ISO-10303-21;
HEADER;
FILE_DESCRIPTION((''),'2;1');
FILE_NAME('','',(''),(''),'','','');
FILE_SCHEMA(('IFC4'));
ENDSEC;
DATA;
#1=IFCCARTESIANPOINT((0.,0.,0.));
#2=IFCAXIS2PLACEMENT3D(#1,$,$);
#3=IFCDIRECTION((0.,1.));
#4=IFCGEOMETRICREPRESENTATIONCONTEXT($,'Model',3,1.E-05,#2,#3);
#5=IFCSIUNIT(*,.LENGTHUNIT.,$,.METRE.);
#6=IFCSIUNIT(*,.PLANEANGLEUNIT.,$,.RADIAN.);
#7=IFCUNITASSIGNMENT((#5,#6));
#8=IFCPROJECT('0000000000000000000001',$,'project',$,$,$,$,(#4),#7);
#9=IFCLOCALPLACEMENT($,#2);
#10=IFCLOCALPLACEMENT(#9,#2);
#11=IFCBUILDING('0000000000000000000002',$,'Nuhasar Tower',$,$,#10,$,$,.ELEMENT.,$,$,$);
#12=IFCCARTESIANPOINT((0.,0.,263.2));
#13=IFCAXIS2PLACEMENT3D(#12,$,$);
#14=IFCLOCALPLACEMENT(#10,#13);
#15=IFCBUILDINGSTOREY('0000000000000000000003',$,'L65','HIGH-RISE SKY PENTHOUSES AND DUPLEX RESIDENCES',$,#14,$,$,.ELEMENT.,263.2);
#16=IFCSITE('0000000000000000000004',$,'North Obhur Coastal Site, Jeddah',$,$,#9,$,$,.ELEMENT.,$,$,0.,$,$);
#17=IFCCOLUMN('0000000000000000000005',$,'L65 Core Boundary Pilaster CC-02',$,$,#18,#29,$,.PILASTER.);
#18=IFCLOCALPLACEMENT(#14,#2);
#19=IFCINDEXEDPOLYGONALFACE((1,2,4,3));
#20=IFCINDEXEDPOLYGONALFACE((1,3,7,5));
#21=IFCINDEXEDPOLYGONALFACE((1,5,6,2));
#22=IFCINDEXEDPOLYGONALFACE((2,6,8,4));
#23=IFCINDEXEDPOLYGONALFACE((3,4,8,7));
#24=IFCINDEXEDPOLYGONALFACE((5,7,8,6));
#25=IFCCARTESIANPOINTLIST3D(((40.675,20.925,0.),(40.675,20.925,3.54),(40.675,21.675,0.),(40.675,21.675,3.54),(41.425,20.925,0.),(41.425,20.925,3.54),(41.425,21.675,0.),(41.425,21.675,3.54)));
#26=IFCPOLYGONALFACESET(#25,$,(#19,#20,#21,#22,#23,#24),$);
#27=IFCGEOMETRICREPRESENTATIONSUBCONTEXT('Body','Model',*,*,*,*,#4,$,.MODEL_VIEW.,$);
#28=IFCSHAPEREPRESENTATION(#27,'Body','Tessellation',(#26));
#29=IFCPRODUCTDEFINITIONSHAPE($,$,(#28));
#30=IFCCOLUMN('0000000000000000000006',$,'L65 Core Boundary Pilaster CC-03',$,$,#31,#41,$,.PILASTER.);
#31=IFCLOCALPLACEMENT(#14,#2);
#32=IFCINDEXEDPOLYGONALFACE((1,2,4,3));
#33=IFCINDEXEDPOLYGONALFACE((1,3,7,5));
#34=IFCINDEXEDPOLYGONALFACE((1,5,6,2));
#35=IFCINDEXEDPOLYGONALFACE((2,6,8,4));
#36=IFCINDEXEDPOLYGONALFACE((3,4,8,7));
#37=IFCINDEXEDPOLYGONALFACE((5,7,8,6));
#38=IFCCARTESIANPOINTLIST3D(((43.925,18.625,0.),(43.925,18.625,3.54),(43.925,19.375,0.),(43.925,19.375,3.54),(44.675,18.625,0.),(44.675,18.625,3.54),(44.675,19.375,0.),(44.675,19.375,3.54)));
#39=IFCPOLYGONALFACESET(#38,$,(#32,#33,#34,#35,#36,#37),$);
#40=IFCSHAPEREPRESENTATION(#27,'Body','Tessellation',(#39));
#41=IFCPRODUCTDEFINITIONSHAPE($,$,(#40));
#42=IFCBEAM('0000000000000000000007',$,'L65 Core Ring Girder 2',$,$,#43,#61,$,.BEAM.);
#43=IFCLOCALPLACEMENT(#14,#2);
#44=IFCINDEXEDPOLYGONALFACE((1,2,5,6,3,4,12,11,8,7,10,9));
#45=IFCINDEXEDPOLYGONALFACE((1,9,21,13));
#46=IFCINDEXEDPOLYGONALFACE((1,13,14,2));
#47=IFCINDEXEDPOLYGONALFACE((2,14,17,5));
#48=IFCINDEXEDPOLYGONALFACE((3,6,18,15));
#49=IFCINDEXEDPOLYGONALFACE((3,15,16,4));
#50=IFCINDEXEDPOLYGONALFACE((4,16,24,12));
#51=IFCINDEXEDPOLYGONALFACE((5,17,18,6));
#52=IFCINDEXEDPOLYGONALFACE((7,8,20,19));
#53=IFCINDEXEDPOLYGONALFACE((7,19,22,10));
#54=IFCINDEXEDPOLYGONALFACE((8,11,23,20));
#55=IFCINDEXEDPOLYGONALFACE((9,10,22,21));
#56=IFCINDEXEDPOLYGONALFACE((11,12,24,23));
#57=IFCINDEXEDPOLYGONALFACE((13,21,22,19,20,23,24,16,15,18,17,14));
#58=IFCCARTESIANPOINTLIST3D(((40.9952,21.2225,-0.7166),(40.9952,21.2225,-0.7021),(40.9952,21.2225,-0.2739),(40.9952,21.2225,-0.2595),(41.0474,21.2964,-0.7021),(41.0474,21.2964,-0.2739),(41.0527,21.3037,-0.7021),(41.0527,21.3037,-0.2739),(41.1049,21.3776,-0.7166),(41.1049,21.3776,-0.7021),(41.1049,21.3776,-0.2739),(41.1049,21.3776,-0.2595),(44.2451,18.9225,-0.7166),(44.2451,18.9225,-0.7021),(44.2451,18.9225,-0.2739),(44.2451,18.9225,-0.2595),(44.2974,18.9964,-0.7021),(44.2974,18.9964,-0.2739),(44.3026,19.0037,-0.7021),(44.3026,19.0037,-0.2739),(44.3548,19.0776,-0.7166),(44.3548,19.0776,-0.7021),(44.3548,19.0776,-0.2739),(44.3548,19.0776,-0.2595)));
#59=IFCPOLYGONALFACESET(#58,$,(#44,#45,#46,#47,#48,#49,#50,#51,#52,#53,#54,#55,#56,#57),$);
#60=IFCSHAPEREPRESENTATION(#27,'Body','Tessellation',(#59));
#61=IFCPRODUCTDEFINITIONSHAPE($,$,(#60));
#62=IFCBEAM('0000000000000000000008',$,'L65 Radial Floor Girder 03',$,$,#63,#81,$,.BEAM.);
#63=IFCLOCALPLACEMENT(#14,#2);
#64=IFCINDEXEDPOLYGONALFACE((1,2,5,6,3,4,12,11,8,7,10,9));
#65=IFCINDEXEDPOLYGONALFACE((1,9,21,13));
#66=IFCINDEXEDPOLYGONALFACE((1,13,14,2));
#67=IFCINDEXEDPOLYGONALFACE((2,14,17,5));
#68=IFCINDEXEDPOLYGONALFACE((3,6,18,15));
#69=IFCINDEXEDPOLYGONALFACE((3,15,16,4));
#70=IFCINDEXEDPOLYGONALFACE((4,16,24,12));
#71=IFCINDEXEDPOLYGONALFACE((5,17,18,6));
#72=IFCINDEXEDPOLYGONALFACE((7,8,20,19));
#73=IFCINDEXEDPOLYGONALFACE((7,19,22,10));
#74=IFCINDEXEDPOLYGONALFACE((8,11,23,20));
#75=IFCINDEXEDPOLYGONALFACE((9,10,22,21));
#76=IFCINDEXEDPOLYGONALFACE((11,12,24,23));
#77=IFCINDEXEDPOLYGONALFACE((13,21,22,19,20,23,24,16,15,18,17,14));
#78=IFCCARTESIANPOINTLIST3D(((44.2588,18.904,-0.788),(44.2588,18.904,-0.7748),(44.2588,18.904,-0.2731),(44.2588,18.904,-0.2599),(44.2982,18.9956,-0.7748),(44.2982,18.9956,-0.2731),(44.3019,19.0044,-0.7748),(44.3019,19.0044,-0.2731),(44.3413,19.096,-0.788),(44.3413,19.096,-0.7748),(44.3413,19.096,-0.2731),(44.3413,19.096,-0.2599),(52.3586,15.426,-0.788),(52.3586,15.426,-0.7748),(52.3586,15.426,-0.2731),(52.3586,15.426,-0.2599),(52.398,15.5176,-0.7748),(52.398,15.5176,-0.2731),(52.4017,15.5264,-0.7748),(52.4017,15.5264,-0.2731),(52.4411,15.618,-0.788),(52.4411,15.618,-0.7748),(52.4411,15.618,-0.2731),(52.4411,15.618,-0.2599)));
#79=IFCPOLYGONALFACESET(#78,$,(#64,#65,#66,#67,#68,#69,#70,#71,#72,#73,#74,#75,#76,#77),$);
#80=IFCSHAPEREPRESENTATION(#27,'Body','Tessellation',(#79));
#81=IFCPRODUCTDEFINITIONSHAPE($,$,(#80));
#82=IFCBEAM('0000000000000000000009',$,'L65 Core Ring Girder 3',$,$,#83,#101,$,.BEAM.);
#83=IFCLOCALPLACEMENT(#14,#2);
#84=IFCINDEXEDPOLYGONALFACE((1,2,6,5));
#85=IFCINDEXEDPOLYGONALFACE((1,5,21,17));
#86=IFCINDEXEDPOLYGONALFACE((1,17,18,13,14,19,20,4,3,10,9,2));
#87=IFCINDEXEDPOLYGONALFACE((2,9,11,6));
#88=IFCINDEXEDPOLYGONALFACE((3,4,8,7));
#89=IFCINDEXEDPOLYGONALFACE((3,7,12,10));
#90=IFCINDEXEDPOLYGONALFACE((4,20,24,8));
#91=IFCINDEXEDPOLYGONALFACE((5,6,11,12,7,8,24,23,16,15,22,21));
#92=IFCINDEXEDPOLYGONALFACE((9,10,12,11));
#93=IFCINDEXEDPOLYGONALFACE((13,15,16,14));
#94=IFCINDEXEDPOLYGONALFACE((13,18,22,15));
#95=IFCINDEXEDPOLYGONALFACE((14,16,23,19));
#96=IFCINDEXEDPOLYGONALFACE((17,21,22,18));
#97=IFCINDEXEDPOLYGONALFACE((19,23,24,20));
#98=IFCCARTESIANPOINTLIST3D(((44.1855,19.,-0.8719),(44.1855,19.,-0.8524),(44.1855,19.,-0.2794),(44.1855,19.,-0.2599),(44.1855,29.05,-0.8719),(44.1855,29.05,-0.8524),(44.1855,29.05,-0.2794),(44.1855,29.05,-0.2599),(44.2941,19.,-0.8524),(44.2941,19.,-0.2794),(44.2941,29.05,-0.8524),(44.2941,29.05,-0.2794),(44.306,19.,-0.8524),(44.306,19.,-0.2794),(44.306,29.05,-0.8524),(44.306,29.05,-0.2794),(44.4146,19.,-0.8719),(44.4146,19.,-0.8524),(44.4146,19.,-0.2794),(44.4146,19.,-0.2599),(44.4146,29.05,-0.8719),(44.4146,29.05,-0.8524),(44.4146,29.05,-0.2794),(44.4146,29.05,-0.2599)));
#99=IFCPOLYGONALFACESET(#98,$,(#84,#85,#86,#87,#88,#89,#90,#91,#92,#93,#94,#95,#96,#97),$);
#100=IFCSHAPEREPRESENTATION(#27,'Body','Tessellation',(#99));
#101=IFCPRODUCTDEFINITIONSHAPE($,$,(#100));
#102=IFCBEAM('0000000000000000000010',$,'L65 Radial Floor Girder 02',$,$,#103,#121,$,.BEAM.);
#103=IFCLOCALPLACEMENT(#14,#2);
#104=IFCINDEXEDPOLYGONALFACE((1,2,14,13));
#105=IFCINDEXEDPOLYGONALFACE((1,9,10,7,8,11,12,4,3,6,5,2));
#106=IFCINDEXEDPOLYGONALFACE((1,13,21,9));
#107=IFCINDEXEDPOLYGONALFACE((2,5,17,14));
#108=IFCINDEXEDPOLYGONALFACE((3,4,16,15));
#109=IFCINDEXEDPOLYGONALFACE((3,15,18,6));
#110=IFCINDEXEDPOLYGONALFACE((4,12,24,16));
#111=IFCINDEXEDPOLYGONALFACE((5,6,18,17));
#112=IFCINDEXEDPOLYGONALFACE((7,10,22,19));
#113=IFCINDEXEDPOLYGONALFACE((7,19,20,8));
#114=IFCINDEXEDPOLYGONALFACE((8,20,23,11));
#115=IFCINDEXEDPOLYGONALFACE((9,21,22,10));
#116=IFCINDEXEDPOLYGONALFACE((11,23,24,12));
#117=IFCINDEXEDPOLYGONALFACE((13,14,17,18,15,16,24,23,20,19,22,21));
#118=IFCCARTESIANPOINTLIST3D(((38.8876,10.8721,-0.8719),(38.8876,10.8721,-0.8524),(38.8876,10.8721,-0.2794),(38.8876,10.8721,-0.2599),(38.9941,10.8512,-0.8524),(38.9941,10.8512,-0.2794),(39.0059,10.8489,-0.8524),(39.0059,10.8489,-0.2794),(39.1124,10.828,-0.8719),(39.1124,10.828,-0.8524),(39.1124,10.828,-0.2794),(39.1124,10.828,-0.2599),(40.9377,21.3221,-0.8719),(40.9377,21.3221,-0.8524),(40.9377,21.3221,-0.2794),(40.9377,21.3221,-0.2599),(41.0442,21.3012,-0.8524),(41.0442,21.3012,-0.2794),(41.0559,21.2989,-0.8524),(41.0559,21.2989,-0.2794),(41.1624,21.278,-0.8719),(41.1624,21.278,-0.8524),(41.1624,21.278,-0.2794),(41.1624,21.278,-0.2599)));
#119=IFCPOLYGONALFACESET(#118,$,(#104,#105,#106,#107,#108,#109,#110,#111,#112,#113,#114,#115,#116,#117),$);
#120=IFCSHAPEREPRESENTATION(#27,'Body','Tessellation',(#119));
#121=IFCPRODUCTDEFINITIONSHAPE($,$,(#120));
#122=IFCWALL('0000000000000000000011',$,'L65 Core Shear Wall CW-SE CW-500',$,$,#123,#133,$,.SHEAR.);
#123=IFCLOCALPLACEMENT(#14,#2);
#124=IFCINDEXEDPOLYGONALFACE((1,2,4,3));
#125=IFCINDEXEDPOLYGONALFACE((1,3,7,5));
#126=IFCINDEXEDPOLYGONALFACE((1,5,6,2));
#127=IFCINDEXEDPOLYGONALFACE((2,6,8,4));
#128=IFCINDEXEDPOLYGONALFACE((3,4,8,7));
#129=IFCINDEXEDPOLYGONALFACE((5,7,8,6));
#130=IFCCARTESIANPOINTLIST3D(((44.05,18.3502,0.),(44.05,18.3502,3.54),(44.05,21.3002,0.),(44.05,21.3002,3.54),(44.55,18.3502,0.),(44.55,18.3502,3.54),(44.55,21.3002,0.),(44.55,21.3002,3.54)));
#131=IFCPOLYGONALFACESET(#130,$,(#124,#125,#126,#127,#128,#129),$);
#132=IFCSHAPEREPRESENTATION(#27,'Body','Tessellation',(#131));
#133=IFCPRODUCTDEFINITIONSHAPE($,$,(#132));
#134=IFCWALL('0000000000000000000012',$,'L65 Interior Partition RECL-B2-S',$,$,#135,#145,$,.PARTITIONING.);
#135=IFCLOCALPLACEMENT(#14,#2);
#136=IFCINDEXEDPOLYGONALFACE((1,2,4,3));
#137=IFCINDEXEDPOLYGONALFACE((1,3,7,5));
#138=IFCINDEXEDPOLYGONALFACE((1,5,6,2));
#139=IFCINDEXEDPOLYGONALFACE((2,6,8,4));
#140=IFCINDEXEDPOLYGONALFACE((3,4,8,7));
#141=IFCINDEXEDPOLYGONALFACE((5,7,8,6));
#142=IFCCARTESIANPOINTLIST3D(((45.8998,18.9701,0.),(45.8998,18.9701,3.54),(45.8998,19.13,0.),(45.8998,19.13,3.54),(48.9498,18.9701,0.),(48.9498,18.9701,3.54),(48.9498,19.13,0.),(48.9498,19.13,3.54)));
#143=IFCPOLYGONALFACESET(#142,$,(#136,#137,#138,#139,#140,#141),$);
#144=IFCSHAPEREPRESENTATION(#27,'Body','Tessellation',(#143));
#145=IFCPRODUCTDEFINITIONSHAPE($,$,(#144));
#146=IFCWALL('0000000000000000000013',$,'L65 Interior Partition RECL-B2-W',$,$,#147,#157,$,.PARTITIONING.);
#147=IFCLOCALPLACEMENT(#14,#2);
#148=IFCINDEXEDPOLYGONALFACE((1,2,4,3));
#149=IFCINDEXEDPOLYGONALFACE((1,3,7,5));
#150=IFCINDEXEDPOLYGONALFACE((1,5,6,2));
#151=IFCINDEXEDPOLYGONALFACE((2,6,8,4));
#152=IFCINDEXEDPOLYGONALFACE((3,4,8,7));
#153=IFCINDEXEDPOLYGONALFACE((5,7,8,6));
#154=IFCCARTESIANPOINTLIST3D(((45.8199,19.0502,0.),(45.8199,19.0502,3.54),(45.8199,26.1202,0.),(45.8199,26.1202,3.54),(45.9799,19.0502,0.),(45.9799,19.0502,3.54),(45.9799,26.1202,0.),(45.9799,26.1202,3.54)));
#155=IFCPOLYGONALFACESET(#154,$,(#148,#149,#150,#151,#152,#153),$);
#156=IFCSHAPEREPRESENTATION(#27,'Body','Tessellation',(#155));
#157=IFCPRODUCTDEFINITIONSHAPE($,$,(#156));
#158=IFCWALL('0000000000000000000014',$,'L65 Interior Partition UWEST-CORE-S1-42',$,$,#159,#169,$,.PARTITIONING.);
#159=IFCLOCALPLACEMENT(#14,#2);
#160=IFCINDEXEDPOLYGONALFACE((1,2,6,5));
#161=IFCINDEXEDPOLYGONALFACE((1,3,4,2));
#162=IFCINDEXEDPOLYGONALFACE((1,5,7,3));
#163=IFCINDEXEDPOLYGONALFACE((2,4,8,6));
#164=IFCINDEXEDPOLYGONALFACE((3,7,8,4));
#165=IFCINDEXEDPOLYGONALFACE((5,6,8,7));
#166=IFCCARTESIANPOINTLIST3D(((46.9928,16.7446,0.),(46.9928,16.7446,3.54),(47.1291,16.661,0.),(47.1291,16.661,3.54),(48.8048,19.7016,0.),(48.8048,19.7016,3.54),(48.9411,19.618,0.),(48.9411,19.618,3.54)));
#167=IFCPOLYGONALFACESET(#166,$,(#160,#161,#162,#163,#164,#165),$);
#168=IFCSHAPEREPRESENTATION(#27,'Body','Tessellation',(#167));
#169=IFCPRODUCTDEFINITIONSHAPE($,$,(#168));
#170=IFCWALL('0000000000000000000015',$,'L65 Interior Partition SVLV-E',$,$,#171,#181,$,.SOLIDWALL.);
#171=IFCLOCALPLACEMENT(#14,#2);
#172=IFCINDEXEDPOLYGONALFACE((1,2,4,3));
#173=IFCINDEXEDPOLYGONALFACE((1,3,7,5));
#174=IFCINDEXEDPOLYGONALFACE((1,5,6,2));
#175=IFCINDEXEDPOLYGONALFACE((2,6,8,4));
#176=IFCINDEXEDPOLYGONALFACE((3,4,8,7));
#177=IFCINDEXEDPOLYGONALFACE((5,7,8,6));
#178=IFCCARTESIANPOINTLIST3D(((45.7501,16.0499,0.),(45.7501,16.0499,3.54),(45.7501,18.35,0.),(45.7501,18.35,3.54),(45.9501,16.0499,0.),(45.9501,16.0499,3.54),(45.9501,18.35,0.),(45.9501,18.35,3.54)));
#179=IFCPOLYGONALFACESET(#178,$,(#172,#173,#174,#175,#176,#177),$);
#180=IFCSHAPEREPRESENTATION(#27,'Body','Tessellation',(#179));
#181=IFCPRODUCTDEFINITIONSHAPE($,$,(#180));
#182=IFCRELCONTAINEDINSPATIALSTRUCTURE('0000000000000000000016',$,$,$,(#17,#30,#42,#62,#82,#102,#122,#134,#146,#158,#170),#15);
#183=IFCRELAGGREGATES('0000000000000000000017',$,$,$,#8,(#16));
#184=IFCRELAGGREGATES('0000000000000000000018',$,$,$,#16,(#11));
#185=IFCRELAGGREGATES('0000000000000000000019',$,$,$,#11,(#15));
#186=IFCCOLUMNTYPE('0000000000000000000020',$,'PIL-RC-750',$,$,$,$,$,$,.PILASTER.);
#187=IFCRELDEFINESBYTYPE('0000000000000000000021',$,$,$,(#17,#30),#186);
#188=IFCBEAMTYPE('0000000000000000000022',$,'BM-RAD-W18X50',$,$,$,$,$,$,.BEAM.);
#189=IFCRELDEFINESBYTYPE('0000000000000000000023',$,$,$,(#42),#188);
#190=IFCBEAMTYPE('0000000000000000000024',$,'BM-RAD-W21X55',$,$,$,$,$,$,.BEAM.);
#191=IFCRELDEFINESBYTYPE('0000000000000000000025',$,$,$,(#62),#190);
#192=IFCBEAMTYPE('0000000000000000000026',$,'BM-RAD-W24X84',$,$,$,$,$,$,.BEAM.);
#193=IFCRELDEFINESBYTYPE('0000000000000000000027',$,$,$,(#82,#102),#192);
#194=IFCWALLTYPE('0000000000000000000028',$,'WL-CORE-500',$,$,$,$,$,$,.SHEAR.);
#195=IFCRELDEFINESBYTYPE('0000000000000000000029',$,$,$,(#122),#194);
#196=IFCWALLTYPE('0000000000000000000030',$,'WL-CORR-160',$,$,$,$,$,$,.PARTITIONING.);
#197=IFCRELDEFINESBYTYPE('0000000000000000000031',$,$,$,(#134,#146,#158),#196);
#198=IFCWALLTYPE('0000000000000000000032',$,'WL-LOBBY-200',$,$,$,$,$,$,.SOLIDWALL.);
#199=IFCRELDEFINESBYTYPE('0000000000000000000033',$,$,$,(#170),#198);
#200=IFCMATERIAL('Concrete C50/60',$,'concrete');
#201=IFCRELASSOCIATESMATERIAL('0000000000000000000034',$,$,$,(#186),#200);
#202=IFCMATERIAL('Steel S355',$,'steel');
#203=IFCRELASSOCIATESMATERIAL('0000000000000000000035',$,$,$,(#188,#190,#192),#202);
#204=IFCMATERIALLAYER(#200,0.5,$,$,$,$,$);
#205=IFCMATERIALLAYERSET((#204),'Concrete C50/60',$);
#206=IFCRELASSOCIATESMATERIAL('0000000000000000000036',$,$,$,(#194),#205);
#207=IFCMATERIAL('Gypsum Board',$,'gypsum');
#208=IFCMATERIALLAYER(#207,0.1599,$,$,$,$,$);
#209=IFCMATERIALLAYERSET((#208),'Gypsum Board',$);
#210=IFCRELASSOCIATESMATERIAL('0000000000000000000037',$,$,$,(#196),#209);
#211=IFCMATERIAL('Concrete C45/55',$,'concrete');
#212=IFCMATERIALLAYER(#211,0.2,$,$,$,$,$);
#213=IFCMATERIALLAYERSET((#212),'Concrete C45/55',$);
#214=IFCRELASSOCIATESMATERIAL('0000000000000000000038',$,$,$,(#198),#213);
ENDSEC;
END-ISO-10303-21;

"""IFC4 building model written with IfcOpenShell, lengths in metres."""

from ifc_helpers import new_model, si_unit, direction, frame, frame_2d, origin, origin_2d, place, context, subcontext, project, spatial, rectangle, i_section, extrude, material, layer, layer_set, material_profile, profile_set, type_object, element, save


model = new_model("IFC4")

# Units and contexts
model_context = context("Model", 3, precision=1e-05, world=origin(), true_north=direction((0.0, 1.0)))
body_context = subcontext(model_context, "Body", "Model", "MODEL_VIEW")
ifc_project = project(units=[si_unit("LENGTHUNIT", "METRE"), si_unit("PLANEANGLEUNIT", "RADIAN")], contexts=[model_context])

# Site, building, storey
site_placement = place(None, origin())
site = spatial("IfcSite", under=ifc_project, at=site_placement, Name="North Obhur Coastal Site, Jeddah", CompositionType="ELEMENT", RefElevation=0.0)
building_placement = place(site_placement, origin())
building = spatial("IfcBuilding", under=site, at=building_placement, Name="Nuhasar Tower", CompositionType="ELEMENT")
storey_placement = place(building_placement, frame((0.0, 0.0, 263.2)))
storey = spatial("IfcBuildingStorey", under=building, at=storey_placement, Name="L65", Description="HIGH-RISE SKY PENTHOUSES AND DUPLEX RESIDENCES", CompositionType="ELEMENT", Elevation=263.2)

# Columns
ifc_material_1 = material(Name="Concrete C50/60", Category="concrete")
ifc_material_profile_1 = material_profile(ifc_material_1, rectangle(XDim=0.75, YDim=0.75, at=origin_2d()), Name="RC750X750")
ifc_profile_set_1 = profile_set([ifc_material_profile_1], Name="Concrete C50/60")
column_type = type_object("IfcColumnType", Name="PIL-RC-750", PredefinedType="PILASTER", material=ifc_profile_set_1)
for number, where, z_axis, x_axis, name in (
    (1, (41.05, 21.3, 0.0), (0.0, 0.0, 1.0), (1.0, 0.0, 0.0), "L65 Core Boundary Pilaster CC-02"),
    (2, (44.3, 19.0, 0.0), (0.0, 0.0, 1.0), (1.0, 0.0, 0.0), "L65 Core Boundary Pilaster CC-03"),
):
    element("IfcColumn", number, at=place(storey_placement, frame(where, z_axis=z_axis, x_axis=x_axis)), inside=storey, type_object=column_type, Name=name, PredefinedType="PILASTER", context=body_context, shape_type="SweptSolid", body=[
        extrude(rectangle(XDim=0.75, YDim=0.75, at=origin_2d()), origin(), (0.0, 0.0, 1.0), 3.54),
    ])

# Beams
ifc_material_2 = material(Name="Steel S355", Category="steel")
ifc_material_profile_2 = material_profile(ifc_material_2, i_section(OverallWidth=0.1899, OverallDepth=0.457, WebThickness=0.009, FlangeThickness=0.0144, at=origin_2d()), Name="W18X50")
ifc_profile_set_2 = profile_set([ifc_material_profile_2], Name="Steel S355")
beam_type_1 = type_object("IfcBeamType", Name="BM-RAD-W18X50", PredefinedType="BEAM", material=ifc_profile_set_2)
beam_1_placement = place(storey_placement, frame((41.05, 21.3, -0.488), z_axis=(0.816265, -0.577677, 0.0), x_axis=(0.577677, 0.816265, 0.0)))
element("IfcBeam", 3, at=beam_1_placement, inside=storey, type_object=beam_type_1, Name="L65 Core Ring Girder 2", PredefinedType="BEAM", context=body_context, shape_type="SweptSolid", body=[
    extrude(i_section(OverallWidth=0.1899, OverallDepth=0.457, WebThickness=0.009, FlangeThickness=0.0144, at=origin_2d()), origin(), (0.0, 0.0, 1.0), 3.9814),
])
ifc_material_profile_3 = material_profile(ifc_material_2, i_section(OverallWidth=0.209, OverallDepth=0.5281, WebThickness=0.0095, FlangeThickness=0.0132, at=origin_2d()), Name="W21X55")
ifc_profile_set_3 = profile_set([ifc_material_profile_3], Name="Steel S355")
beam_type_2 = type_object("IfcBeamType", Name="BM-RAD-W21X55", PredefinedType="BEAM", material=ifc_profile_set_3)
beam_2_placement = place(storey_placement, frame((44.3, 19.0, -0.5239), z_axis=(0.918871, -0.394558, 0.0), x_axis=(0.394558, 0.918871, 0.0)))
element("IfcBeam", 4, at=beam_2_placement, inside=storey, type_object=beam_type_2, Name="L65 Radial Floor Girder 03", PredefinedType="BEAM", context=body_context, shape_type="SweptSolid", body=[
    extrude(i_section(OverallWidth=0.209, OverallDepth=0.5281, WebThickness=0.0095, FlangeThickness=0.0132, at=origin_2d()), origin(), (0.0, 0.0, 1.0), 8.8149),
])
ifc_material_profile_4 = material_profile(ifc_material_2, i_section(OverallWidth=0.229, OverallDepth=0.6121, WebThickness=0.012, FlangeThickness=0.0195, at=origin_2d()), Name="W24X84")
ifc_profile_set_4 = profile_set([ifc_material_profile_4], Name="Steel S355")
beam_type_3 = type_object("IfcBeamType", Name="BM-RAD-W24X84", PredefinedType="BEAM", material=ifc_profile_set_4)
beam_3_placement = place(storey_placement, frame((44.3, 19.0, -0.5659), z_axis=(0.0, 1.0, 0.0), x_axis=(-1.0, 0.0, 0.0)))
element("IfcBeam", 5, at=beam_3_placement, inside=storey, type_object=beam_type_3, Name="L65 Core Ring Girder 3", PredefinedType="BEAM", context=body_context, shape_type="SweptSolid", body=[
    extrude(i_section(OverallWidth=0.229, OverallDepth=0.6121, WebThickness=0.012, FlangeThickness=0.0195, at=origin_2d()), origin(), (0.0, 0.0, 1.0), 10.05),
])
beam_4_placement = place(storey_placement, frame((41.05, 21.3, -0.5659), z_axis=(-0.192508, -0.981295, 0.0), x_axis=(0.981295, -0.192508, 0.0)))
element("IfcBeam", 6, at=beam_4_placement, inside=storey, type_object=beam_type_3, Name="L65 Radial Floor Girder 02", PredefinedType="BEAM", context=body_context, shape_type="SweptSolid", body=[
    extrude(i_section(OverallWidth=0.229, OverallDepth=0.6121, WebThickness=0.012, FlangeThickness=0.0195, at=origin_2d()), origin(), (0.0, 0.0, 1.0), 10.6492),
])

# Walls
ifc_layer_1 = layer(ifc_material_1, 0.5)
ifc_layer_set_1 = layer_set([ifc_layer_1], Name="Concrete C50/60")
wall_type_1 = type_object("IfcWallType", Name="WL-CORE-500", PredefinedType="SHEAR", material=ifc_layer_set_1)
wall_1_placement = place(storey_placement, frame((44.3, 18.3501, 0.0), z_axis=(0.0, 0.0, 1.0), x_axis=(0.0, 1.0, 0.0)))
element("IfcWall", 7, at=wall_1_placement, inside=storey, type_object=wall_type_1, Name="L65 Core Shear Wall CW-SE CW-500", PredefinedType="SHEAR", context=body_context, shape_type="SweptSolid", body=[
    extrude(rectangle(XDim=2.95, YDim=0.5, at=frame_2d((1.4751, 0.0))), origin(), (0.0, 0.0, 1.0), 3.54),
])
ifc_material_3 = material(Name="Gypsum Board", Category="gypsum")
ifc_layer_2 = layer(ifc_material_3, 0.1599)
ifc_layer_set_2 = layer_set([ifc_layer_2], Name="Gypsum Board")
wall_type_2 = type_object("IfcWallType", Name="WL-CORR-160", PredefinedType="PARTITIONING", material=ifc_layer_set_2)
wall_2_placement = place(storey_placement, frame((45.8999, 19.05, 0.0), z_axis=(0.0, 0.0, 1.0), x_axis=(1.0, 0.0, 0.0)))
element("IfcWall", 8, at=wall_2_placement, inside=storey, type_object=wall_type_2, Name="L65 Interior Partition RECL-B2-S", PredefinedType="PARTITIONING", context=body_context, shape_type="SweptSolid", body=[
    extrude(rectangle(XDim=3.05, YDim=0.1599, at=frame_2d((1.5249, 0.0))), origin(), (0.0, 0.0, 1.0), 3.54),
])
wall_3_placement = place(storey_placement, frame((45.8999, 19.05, 0.0), z_axis=(0.0, 0.0, 1.0), x_axis=(0.0, 1.0, 0.0)))
element("IfcWall", 9, at=wall_3_placement, inside=storey, type_object=wall_type_2, Name="L65 Interior Partition RECL-B2-W", PredefinedType="PARTITIONING", context=body_context, shape_type="SweptSolid", body=[
    extrude(rectangle(XDim=7.0701, YDim=0.1599, at=frame_2d((3.5352, 0.0))), origin(), (0.0, 0.0, 1.0), 3.54),
])
wall_4_placement = place(storey_placement, frame((47.061, 16.7029, 0.0), z_axis=(0.0, 0.0, 1.0), x_axis=(0.522486, 0.852648, 0.0)))
element("IfcWall", 10, at=wall_4_placement, inside=storey, type_object=wall_type_2, Name="L65 Interior Partition UWEST-CORE-S1-42", PredefinedType="PARTITIONING", context=body_context, shape_type="SweptSolid", body=[
    extrude(rectangle(XDim=3.468, YDim=0.1599, at=frame_2d((1.7339, 0.0))), origin(), (0.0, 0.0, 1.0), 3.54),
])

# Shared definitions
ifc_material_4 = material(Name="Concrete C45/55", Category="concrete")
ifc_layer_3 = layer(ifc_material_4, 0.2)
ifc_layer_set_3 = layer_set([ifc_layer_3], Name="Concrete C45/55")
wall_type_3 = type_object("IfcWallType", Name="WL-LOBBY-200", PredefinedType="SOLIDWALL", material=ifc_layer_set_3)

# Wall
wall_5_placement = place(storey_placement, frame((45.8501, 16.05, 0.0), z_axis=(0.0, 0.0, 1.0), x_axis=(0.0, 1.0, 0.0)))
element("IfcWall", 11, at=wall_5_placement, inside=storey, type_object=wall_type_3, Name="L65 Interior Partition SVLV-E", PredefinedType="SOLIDWALL", context=body_context, shape_type="SweptSolid", body=[
    extrude(rectangle(XDim=2.3, YDim=0.2, at=frame_2d((1.1499, 0.0))), origin(), (0.0, 0.0, 1.0), 3.54),
])

save(model, "model.ifc")
